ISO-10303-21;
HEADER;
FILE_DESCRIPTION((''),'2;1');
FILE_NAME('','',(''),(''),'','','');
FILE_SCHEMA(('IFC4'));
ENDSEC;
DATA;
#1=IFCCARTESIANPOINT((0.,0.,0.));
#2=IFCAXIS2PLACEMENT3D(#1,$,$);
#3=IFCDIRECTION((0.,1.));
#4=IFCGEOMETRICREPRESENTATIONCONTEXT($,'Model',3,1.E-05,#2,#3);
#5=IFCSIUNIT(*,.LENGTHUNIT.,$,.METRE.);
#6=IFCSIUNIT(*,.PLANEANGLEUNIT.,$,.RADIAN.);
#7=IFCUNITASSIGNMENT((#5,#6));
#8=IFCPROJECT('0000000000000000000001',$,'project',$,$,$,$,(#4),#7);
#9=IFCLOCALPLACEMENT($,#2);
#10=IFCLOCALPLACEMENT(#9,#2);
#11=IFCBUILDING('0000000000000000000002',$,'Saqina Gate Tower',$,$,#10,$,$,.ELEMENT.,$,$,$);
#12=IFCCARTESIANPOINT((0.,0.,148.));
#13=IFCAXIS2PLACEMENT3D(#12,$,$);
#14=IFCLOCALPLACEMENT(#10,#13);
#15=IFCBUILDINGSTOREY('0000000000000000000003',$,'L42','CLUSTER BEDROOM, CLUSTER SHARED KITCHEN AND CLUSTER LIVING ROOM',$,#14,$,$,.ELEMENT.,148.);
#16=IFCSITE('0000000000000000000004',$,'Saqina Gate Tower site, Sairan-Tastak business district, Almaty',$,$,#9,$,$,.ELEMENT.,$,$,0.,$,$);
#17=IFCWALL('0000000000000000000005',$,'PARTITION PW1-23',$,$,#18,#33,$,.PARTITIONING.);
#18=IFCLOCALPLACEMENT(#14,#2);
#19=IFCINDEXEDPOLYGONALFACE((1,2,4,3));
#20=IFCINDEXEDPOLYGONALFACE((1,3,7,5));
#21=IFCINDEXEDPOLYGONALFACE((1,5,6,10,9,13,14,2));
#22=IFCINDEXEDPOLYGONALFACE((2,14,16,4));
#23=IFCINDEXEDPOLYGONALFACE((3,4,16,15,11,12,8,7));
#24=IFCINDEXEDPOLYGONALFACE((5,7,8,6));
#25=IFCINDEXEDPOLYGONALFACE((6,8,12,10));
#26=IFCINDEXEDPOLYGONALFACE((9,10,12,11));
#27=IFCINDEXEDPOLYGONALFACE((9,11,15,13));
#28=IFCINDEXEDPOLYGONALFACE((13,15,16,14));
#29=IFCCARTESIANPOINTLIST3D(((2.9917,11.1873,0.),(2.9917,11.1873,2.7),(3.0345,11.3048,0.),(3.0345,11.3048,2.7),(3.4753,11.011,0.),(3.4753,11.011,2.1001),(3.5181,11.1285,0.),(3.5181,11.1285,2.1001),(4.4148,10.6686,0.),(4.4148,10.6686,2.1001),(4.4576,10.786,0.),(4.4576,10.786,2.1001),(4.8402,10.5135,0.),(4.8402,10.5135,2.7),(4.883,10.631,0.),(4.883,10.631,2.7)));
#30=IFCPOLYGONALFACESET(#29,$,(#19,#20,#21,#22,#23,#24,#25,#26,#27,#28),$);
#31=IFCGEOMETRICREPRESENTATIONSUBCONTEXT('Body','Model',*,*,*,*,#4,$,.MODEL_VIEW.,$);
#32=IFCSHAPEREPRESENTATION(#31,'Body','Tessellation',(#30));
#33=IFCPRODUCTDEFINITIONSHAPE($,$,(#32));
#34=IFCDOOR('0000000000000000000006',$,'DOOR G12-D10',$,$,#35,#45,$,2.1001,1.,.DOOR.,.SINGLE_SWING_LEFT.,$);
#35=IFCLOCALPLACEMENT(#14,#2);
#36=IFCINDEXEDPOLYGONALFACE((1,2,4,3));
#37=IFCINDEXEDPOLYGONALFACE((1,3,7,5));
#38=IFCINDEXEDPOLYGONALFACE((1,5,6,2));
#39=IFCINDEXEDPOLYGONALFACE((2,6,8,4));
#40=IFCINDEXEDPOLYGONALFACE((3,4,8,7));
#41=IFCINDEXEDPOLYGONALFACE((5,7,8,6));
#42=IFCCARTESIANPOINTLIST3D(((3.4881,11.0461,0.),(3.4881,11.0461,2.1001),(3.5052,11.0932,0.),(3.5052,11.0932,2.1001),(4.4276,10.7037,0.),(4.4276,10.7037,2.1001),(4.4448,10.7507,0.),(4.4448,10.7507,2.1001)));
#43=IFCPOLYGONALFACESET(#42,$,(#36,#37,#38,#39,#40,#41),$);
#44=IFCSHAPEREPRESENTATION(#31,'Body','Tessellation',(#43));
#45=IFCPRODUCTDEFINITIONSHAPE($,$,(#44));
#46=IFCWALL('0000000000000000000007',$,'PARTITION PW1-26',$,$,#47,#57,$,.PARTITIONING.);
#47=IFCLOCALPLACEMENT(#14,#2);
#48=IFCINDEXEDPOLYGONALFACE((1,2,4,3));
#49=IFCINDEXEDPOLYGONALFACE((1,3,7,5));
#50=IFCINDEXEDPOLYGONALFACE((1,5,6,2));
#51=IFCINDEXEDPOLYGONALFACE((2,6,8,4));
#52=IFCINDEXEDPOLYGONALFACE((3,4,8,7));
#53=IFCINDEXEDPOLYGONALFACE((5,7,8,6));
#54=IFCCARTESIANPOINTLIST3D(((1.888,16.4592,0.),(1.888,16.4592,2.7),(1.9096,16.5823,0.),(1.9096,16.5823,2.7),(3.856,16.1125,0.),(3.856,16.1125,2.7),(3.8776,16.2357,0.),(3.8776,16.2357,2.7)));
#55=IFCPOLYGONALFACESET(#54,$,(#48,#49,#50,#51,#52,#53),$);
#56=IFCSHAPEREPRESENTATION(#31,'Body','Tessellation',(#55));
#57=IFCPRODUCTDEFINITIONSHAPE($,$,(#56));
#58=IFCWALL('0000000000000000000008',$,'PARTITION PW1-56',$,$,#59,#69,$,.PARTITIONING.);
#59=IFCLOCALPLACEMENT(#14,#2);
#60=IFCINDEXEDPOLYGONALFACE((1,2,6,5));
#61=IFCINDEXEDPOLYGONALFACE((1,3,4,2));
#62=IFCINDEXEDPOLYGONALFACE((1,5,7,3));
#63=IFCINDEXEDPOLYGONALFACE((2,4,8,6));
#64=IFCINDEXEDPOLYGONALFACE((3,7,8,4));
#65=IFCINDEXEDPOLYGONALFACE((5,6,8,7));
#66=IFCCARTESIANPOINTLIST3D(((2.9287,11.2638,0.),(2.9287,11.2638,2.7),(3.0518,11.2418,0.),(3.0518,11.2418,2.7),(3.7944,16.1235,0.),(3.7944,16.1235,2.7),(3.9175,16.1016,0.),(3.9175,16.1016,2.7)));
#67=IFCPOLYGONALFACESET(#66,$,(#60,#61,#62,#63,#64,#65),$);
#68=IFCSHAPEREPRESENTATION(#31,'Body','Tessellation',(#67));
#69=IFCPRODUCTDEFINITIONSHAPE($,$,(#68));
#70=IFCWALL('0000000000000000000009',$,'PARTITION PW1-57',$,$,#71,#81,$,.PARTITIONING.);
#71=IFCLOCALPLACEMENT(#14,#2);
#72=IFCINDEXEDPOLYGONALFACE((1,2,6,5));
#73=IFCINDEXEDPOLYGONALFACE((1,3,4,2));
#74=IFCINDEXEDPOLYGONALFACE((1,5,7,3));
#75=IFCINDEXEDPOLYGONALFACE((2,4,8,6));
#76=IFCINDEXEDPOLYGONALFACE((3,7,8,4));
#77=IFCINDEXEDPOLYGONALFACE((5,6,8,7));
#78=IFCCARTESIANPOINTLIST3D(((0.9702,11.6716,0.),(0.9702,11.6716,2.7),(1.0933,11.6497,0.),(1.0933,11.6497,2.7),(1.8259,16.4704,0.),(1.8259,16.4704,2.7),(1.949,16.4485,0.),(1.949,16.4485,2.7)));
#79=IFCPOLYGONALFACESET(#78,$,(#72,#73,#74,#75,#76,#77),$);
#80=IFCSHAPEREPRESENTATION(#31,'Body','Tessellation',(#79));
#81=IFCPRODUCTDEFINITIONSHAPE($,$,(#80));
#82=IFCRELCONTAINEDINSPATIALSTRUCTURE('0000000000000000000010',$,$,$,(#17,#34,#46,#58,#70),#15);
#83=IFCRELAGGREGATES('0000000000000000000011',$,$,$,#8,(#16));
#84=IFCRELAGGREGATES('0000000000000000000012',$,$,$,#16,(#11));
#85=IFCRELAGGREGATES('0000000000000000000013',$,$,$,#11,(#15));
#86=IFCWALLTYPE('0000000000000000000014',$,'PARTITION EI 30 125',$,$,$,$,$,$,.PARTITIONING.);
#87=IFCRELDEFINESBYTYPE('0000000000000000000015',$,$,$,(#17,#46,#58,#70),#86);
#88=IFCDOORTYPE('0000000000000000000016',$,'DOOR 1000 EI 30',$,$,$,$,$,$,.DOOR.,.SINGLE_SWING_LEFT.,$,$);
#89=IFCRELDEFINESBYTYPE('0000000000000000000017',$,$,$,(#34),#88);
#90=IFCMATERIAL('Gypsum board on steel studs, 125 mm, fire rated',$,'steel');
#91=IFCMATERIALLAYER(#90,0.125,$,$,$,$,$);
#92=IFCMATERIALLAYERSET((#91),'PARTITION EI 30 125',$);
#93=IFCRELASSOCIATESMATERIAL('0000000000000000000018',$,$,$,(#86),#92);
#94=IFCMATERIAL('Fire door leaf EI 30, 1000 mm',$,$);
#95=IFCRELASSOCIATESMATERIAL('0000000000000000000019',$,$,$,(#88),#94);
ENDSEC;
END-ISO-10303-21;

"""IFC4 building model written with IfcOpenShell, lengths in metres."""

from ifc_helpers import new_model, si_unit, direction, frame, frame_2d, origin, place, context, subcontext, project, spatial, rectangle, extrude, material, layer, layer_set, type_object, element, fill, save


model = new_model("IFC4")

# Units and contexts
model_context = context("Model", 3, precision=1e-05, world=origin(), true_north=direction((0.0, 1.0)))
body_context = subcontext(model_context, "Body", "Model", "MODEL_VIEW")
ifc_project = project(units=[si_unit("LENGTHUNIT", "METRE"), si_unit("PLANEANGLEUNIT", "RADIAN")], contexts=[model_context])

# Site, building, storey
site_placement = place(None, origin())
site = spatial("IfcSite", under=ifc_project, at=site_placement, Name="Saqina Gate Tower site, Sairan-Tastak business district, Almaty", CompositionType="ELEMENT", RefElevation=0.0)
building_placement = place(site_placement, origin())
building = spatial("IfcBuilding", under=site, at=building_placement, Name="Saqina Gate Tower", CompositionType="ELEMENT")
storey_placement = place(building_placement, frame((0.0, 0.0, 148.0)))
storey = spatial("IfcBuildingStorey", under=building, at=storey_placement, Name="L42", Description="CLUSTER BEDROOM, CLUSTER SHARED KITCHEN AND CLUSTER LIVING ROOM", CompositionType="ELEMENT", Elevation=148.0)

# Shared definitions
ifc_material_1 = material(Name="Gypsum board on steel studs, 125 mm, fire rated", Category="steel")
ifc_layer_1 = layer(ifc_material_1, 0.125)
ifc_layer_set_1 = layer_set([ifc_layer_1], Name="PARTITION EI 30 125")
wall_type_1 = type_object("IfcWallType", Name="PARTITION EI 30 125", PredefinedType="PARTITIONING", material=ifc_layer_set_1)

# Wall, opening, door
wall_1_placement = place(storey_placement, frame((3.0129, 11.2461, 0.0), z_axis=(0.0, 0.0, 1.0), x_axis=(0.939532, -0.34246, 0.0)))
wall_1 = element("IfcWall", 1, at=wall_1_placement, inside=storey, type_object=wall_type_1, Name="PARTITION PW1-23", PredefinedType="PARTITIONING", context=body_context, shape_type="SweptSolid", body=[
    extrude(rectangle(XDim=1.9675, YDim=0.125, at=frame_2d((0.9839, 0.0))), origin(), (0.0, 0.0, 1.0), 2.7),
])
opening_1_placement = place(wall_1_placement, frame((0.5149, 0.0, 0.0)))
opening_1 = element("IfcOpeningElement", 2, at=opening_1_placement, cuts=wall_1, PredefinedType="OPENING", context=body_context, shape_type="SweptSolid", body=[
    extrude(rectangle(XDim=1.0, YDim=2.1001, at=frame_2d((0.5, 1.05))), frame((0.0, 0.0745, 0.0), z_axis=(0.0, -1.0, 0.0), x_axis=(1.0, 0.0, 0.0)), (0.0, 0.0, 1.0), 0.1489),
])
ifc_material_2 = material(Name="Fire door leaf EI 30, 1000 mm")
door_type_1 = type_object("IfcDoorType", Name="DOOR 1000 EI 30", OperationType="SINGLE_SWING_LEFT", PredefinedType="DOOR", material=ifc_material_2)
door_1_placement = place(opening_1_placement, origin())
door_1 = element("IfcDoor", 3, at=door_1_placement, inside=storey, type_object=door_type_1, Name="DOOR G12-D10", OperationType="SINGLE_SWING_LEFT", OverallHeight=2.1001, OverallWidth=1.0, PredefinedType="DOOR", context=body_context, shape_type="SweptSolid", body=[
    extrude(rectangle(XDim=1.0, YDim=2.1001, at=frame_2d((0.5, 1.05))), frame((0.0, 0.0249, 0.0), z_axis=(0.0, -1.0, 0.0), x_axis=(1.0, 0.0, 0.0)), (0.0, 0.0, 1.0), 0.05),
])
fill(opening_1, door_1)

# Walls
wall_2_placement = place(storey_placement, frame((1.8989, 16.5208, 0.0), z_axis=(0.0, 0.0, 1.0), x_axis=(0.984836, -0.173486, 0.0)))
element("IfcWall", 4, at=wall_2_placement, inside=storey, type_object=wall_type_1, Name="PARTITION PW1-26", PredefinedType="PARTITIONING", context=body_context, shape_type="SweptSolid", body=[
    extrude(rectangle(XDim=1.9983, YDim=0.125, at=frame_2d((0.999, 0.0))), origin(), (0.0, 0.0, 1.0), 2.7),
])
wall_3_placement = place(storey_placement, frame((2.9902, 11.2527, 0.0), z_axis=(0.0, 0.0, 1.0), x_axis=(0.175376, 0.984501, 0.0)))
element("IfcWall", 5, at=wall_3_placement, inside=storey, type_object=wall_type_1, Name="PARTITION PW1-56", PredefinedType="PARTITIONING", context=body_context, shape_type="SweptSolid", body=[
    extrude(rectangle(XDim=4.9363, YDim=0.125, at=frame_2d((2.4683, 0.0))), origin(), (0.0, 0.0, 1.0), 2.7),
])
wall_4_placement = place(storey_placement, frame((1.0317, 11.6606, 0.0), z_axis=(0.0, 0.0, 1.0), x_axis=(0.175548, 0.984471, 0.0)))
element("IfcWall", 6, at=wall_4_placement, inside=storey, type_object=wall_type_1, Name="PARTITION PW1-57", PredefinedType="PARTITIONING", context=body_context, shape_type="SweptSolid", body=[
    extrude(rectangle(XDim=4.8745, YDim=0.125, at=frame_2d((2.4373, 0.0))), origin(), (0.0, 0.0, 1.0), 2.7),
])

save(model, "model.ifc")
